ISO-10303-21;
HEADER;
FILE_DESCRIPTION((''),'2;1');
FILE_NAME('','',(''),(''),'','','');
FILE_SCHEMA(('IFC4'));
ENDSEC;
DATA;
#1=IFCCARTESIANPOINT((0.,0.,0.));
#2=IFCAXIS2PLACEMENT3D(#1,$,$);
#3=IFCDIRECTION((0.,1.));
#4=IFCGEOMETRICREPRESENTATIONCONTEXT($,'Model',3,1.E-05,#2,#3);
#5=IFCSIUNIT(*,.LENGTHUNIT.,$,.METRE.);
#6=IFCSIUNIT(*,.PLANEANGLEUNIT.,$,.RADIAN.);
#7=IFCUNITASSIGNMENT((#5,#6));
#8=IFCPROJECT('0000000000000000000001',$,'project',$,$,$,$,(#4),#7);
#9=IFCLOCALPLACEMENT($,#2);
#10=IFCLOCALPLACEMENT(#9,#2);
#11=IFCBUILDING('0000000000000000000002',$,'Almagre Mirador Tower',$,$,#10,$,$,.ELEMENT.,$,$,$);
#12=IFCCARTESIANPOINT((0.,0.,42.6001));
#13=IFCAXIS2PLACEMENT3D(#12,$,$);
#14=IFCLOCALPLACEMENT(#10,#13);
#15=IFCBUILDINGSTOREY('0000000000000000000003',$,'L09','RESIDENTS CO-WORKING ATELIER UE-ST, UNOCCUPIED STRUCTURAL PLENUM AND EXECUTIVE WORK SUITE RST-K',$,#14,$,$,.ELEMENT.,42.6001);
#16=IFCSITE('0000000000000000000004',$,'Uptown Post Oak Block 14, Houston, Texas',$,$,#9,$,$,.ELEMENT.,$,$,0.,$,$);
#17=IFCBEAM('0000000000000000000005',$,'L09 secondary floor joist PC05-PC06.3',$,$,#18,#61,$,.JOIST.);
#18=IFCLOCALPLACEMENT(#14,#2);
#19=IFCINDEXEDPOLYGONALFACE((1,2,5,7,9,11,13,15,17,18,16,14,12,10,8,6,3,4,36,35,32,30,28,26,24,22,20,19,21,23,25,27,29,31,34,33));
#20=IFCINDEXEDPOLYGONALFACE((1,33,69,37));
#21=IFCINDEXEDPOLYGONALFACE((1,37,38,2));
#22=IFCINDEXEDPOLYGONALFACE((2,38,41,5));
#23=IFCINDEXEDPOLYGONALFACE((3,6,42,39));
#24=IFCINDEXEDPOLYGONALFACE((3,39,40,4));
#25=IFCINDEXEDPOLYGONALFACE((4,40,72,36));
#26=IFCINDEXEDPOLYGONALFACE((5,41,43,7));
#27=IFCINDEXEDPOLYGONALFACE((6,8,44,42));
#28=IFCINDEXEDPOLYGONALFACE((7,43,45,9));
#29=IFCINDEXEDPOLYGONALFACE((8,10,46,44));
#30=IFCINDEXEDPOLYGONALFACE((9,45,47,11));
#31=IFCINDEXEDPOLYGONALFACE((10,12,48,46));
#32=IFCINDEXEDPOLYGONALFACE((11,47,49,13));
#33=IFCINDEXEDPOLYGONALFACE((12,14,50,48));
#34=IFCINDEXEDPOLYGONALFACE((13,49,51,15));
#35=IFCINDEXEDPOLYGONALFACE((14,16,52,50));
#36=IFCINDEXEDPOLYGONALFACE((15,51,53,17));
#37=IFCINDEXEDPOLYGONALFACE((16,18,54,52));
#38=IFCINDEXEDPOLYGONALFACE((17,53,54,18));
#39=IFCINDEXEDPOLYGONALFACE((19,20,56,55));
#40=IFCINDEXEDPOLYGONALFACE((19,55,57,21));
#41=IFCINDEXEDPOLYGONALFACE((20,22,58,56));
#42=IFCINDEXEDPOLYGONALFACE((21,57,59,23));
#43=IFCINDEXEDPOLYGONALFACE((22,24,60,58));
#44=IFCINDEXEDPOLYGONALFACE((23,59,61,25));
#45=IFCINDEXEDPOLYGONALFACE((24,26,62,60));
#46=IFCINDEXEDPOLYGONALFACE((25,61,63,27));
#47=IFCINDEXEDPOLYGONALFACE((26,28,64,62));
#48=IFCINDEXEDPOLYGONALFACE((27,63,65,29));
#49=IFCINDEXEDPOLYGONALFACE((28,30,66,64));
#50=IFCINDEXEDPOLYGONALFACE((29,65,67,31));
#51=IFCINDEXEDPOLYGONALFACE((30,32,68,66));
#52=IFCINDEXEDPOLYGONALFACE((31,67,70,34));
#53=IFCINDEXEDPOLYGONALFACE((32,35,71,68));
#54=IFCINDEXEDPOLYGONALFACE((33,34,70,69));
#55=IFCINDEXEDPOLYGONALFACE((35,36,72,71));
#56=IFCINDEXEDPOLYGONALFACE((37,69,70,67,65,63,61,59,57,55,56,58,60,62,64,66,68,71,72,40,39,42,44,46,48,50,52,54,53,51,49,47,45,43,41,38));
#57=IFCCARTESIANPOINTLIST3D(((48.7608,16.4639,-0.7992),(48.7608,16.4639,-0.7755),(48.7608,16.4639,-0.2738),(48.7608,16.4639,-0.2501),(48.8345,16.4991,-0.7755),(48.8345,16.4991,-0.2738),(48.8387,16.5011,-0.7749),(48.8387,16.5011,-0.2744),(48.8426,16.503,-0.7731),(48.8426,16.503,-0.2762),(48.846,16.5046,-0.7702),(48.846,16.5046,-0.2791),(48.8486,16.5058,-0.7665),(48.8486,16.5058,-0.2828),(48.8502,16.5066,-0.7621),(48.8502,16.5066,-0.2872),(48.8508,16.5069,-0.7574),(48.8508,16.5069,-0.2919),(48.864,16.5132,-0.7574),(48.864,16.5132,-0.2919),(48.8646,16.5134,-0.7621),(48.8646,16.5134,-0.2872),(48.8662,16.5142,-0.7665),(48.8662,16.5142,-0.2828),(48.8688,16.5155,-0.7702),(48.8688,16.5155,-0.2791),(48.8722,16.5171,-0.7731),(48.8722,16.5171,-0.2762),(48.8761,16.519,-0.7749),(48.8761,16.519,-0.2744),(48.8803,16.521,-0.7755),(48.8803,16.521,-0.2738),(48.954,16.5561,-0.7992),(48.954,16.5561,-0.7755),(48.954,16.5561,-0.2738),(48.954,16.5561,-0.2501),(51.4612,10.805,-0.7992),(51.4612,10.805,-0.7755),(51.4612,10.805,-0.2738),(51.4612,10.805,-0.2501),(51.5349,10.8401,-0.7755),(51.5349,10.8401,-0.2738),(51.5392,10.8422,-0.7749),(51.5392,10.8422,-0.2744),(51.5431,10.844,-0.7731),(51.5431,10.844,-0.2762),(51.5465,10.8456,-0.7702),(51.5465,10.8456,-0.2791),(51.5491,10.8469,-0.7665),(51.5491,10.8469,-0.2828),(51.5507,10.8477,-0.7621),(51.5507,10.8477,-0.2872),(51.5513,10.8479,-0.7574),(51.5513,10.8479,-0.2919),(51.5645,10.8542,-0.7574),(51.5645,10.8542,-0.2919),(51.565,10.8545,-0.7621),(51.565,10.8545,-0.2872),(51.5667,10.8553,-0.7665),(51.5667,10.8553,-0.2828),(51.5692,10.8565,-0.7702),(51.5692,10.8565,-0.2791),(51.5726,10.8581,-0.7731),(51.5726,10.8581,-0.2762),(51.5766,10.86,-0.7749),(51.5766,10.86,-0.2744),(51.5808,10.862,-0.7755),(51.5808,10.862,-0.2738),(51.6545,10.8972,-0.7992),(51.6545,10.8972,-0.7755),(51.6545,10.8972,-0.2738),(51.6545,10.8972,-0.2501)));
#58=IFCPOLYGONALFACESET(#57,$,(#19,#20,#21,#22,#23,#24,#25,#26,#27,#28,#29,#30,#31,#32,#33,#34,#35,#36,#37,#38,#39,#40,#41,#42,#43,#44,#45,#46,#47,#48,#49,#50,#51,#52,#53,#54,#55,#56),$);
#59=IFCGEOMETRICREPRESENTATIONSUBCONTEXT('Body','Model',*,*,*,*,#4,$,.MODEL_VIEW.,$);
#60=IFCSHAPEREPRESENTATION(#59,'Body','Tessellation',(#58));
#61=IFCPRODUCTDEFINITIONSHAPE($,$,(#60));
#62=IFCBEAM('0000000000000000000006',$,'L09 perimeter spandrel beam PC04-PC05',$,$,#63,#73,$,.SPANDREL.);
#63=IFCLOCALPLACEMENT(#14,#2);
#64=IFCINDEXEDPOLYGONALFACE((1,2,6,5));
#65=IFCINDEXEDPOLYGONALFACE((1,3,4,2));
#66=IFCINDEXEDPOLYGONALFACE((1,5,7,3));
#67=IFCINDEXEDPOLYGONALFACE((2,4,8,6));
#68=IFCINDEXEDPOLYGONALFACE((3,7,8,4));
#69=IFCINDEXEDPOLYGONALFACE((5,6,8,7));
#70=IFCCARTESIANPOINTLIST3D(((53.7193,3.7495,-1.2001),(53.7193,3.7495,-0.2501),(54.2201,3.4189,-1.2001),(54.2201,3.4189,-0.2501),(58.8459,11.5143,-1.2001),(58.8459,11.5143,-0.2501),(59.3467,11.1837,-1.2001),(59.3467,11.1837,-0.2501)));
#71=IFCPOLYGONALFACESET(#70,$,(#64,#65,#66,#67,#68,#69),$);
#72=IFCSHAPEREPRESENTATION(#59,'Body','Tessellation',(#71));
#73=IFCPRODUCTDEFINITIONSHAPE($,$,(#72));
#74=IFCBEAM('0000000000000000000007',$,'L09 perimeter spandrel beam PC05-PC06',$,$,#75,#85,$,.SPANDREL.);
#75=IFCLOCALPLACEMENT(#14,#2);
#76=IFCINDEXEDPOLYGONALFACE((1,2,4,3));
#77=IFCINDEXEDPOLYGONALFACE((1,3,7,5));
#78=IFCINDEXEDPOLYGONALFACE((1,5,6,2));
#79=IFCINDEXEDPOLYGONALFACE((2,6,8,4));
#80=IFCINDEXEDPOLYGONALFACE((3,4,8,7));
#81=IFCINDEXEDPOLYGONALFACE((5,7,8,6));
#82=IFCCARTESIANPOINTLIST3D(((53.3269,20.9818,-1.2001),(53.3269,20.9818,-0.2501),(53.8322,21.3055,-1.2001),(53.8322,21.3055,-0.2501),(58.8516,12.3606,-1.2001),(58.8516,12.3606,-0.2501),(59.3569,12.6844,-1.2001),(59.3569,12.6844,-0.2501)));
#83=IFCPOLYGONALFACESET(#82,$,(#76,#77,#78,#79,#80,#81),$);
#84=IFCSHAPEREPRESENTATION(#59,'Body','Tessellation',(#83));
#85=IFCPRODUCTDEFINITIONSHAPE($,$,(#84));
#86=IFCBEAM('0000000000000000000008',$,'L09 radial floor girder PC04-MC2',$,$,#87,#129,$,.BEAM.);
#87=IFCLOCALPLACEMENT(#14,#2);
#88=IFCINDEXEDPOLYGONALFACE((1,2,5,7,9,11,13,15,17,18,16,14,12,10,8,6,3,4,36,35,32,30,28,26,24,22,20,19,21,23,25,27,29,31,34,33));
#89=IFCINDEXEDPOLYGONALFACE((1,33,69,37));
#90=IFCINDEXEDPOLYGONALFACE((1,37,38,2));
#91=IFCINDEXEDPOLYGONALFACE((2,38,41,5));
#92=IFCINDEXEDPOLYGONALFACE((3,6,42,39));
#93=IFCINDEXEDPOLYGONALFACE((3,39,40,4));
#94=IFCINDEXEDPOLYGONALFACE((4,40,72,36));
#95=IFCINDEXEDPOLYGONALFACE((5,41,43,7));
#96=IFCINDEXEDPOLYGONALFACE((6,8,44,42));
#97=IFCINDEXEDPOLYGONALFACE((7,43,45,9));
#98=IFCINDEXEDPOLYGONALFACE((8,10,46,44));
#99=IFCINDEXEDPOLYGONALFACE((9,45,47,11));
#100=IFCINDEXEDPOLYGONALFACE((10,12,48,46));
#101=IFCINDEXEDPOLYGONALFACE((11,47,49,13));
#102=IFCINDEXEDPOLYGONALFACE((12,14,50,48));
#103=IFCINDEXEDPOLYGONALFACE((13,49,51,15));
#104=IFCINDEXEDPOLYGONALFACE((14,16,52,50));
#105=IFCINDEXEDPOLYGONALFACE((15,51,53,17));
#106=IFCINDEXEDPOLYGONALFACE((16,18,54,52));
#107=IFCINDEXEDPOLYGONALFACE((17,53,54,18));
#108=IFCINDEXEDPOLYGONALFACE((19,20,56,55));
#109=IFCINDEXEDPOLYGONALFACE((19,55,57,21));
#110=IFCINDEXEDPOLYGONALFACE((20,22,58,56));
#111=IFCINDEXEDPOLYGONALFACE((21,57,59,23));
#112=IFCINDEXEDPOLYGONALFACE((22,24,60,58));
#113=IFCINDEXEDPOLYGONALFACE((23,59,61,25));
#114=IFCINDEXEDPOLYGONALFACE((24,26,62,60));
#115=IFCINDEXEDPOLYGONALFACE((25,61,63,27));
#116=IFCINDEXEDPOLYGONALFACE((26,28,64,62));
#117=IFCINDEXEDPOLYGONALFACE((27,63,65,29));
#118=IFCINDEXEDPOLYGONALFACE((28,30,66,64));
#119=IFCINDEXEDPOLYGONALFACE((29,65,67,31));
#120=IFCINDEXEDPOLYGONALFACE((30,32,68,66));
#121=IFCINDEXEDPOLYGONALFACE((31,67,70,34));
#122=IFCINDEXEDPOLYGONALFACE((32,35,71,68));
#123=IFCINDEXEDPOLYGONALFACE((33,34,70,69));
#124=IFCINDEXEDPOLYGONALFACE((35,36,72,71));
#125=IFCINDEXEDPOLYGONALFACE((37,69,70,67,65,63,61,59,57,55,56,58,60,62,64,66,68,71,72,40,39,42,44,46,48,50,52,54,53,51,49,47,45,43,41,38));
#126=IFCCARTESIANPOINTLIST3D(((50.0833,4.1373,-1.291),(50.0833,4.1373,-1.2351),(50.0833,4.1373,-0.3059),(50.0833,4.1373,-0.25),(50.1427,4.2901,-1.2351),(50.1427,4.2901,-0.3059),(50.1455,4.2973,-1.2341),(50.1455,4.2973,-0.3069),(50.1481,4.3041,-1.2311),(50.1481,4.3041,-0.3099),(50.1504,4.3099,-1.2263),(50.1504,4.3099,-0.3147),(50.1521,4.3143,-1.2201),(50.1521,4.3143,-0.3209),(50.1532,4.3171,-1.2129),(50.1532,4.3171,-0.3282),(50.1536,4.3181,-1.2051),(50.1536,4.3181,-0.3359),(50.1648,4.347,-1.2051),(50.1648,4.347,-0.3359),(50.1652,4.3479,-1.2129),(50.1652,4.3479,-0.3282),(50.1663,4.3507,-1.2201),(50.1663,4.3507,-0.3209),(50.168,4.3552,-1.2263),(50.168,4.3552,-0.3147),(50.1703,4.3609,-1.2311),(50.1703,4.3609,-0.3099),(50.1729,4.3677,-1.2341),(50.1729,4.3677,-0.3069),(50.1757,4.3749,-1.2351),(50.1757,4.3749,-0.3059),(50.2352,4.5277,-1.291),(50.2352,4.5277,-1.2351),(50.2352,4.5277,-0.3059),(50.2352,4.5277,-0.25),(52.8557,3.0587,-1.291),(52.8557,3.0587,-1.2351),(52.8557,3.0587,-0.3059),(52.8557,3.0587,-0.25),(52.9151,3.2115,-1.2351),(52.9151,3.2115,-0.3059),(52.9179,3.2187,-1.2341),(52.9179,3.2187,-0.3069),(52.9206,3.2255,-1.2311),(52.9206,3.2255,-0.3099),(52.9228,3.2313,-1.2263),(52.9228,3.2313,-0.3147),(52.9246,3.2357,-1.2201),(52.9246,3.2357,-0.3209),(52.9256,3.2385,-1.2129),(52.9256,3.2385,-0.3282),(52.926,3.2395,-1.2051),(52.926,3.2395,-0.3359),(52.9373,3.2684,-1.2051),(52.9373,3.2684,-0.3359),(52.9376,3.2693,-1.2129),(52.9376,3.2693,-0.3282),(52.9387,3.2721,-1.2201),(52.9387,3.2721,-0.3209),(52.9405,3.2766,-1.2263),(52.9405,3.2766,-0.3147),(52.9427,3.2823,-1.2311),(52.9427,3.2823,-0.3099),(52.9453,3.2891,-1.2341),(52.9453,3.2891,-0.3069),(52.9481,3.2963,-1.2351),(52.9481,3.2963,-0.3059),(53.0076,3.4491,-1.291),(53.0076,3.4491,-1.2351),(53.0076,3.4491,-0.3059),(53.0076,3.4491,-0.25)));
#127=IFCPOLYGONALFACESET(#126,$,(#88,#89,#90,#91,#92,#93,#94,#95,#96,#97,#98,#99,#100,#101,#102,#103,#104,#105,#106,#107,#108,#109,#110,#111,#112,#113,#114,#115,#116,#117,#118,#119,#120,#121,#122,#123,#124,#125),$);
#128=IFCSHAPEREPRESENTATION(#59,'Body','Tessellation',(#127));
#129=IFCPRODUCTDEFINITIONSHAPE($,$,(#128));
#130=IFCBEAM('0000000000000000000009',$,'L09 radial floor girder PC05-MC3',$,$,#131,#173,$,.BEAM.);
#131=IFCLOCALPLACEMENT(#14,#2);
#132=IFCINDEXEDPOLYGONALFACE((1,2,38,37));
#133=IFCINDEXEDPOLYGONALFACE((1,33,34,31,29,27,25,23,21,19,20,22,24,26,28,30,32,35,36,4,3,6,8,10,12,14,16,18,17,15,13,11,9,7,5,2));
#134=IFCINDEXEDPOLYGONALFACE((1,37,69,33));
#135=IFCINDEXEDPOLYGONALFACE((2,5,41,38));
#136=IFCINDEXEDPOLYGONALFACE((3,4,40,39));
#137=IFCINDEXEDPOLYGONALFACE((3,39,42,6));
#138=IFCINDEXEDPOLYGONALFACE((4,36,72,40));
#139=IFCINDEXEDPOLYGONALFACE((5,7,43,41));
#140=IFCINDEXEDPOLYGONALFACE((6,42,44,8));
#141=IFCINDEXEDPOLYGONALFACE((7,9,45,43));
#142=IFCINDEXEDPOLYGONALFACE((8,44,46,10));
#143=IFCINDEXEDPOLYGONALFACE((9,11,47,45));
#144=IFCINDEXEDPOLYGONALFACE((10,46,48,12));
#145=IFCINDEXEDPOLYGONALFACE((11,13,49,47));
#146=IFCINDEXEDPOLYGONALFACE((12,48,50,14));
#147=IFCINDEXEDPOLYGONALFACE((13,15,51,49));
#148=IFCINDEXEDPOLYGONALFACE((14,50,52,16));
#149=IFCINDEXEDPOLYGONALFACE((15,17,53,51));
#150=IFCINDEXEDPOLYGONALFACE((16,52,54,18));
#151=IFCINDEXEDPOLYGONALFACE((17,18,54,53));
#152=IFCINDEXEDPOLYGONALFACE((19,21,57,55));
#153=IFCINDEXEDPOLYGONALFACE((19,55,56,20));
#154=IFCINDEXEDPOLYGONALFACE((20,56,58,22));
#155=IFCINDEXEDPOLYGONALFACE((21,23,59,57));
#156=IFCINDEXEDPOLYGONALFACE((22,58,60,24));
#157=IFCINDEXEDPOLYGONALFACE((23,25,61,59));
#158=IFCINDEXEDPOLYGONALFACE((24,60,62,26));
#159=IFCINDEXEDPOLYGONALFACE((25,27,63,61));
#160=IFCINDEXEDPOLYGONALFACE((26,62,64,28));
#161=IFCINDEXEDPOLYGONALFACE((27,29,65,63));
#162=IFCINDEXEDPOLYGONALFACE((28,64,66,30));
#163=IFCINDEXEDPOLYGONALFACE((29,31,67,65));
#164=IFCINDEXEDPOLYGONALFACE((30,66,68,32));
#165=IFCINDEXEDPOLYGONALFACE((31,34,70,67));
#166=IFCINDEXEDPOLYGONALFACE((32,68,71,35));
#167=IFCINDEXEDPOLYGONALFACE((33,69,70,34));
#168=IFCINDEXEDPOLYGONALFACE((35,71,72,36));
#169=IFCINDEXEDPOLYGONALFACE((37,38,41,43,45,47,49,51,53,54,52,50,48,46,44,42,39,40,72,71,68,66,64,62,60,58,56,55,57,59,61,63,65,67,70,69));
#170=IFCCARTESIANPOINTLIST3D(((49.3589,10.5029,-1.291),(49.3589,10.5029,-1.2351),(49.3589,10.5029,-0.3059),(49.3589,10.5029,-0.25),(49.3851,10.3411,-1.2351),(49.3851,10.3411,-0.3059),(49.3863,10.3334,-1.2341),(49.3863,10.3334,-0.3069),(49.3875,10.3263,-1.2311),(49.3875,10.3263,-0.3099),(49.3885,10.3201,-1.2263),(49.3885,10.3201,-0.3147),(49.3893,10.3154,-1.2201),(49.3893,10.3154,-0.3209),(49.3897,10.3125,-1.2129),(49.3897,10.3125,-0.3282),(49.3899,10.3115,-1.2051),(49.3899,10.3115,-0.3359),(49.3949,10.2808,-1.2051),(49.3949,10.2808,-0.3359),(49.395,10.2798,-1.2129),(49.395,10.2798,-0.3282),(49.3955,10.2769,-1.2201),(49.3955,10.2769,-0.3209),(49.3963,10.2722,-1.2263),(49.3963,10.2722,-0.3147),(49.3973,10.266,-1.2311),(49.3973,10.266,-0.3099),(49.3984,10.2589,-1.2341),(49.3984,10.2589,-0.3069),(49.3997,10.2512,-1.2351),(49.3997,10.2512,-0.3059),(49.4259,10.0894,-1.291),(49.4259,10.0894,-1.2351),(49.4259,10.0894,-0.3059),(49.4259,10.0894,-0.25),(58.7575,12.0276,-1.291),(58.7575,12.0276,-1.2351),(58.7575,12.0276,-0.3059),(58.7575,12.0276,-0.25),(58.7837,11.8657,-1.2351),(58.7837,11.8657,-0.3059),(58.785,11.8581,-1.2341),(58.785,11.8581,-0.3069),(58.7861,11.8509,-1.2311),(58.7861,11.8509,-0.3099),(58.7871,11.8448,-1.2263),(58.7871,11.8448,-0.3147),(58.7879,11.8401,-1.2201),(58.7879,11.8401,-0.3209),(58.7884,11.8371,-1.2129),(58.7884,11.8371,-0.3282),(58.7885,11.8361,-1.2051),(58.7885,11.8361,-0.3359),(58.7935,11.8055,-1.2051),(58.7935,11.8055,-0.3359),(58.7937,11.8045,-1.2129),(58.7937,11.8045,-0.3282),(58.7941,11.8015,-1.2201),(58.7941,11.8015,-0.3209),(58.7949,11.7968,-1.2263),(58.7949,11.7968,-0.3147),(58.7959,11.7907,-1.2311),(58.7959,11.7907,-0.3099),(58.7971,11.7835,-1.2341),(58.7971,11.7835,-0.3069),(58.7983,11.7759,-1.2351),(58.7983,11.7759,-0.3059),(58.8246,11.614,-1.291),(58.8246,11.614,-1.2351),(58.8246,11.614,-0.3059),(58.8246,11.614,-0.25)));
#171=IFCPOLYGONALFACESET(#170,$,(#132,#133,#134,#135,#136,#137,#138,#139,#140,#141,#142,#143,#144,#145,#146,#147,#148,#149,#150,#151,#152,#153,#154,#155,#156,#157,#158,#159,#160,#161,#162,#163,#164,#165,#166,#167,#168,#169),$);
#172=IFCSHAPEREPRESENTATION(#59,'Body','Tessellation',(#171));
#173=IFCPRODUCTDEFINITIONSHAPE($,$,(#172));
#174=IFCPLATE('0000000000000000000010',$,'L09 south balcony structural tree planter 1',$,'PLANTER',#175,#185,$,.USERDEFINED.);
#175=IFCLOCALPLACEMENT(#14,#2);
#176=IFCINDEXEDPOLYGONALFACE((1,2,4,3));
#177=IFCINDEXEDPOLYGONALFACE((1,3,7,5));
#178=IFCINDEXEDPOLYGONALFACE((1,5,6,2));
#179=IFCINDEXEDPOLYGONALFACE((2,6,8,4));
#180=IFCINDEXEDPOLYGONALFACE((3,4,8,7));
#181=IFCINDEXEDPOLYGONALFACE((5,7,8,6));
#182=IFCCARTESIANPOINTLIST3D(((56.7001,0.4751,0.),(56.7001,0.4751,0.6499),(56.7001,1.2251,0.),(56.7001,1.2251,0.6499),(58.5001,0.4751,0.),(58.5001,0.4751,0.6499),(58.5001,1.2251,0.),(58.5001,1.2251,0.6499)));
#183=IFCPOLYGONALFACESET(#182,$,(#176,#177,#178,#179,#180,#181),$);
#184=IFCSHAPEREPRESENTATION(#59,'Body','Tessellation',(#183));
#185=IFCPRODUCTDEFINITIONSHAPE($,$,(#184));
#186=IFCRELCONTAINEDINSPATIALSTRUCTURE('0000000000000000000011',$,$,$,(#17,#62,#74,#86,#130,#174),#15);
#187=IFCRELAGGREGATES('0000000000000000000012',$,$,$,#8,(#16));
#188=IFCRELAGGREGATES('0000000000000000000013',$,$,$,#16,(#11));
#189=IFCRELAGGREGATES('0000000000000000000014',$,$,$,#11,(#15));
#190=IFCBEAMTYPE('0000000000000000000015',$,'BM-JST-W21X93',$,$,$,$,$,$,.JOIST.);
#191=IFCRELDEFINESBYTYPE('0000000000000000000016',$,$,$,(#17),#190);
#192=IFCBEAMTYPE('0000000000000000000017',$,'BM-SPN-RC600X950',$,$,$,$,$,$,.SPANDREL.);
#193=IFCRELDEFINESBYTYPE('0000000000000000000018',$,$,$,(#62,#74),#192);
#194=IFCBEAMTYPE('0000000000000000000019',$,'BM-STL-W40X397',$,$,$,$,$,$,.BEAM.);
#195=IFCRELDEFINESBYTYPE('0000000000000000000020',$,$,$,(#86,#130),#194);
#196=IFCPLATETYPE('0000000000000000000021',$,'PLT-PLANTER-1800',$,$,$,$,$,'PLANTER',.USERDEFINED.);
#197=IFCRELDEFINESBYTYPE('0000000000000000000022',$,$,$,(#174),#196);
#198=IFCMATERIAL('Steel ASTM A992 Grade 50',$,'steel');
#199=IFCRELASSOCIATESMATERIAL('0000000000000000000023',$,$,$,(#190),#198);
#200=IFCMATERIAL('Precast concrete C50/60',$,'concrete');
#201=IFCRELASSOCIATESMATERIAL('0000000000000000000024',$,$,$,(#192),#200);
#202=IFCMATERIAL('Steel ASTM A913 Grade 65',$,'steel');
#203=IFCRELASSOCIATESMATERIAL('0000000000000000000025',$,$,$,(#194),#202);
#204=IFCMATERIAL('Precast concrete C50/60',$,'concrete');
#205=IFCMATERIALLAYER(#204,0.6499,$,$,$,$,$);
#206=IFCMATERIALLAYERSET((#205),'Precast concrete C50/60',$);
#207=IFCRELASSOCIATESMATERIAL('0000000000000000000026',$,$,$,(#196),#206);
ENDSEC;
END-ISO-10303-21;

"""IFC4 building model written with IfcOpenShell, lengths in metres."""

from ifc_helpers import new_model, si_unit, direction, frame, origin, origin_2d, place, context, subcontext, project, spatial, rectangle, i_section, extrude, material, layer, layer_set, material_profile, profile_set, type_object, element, save


model = new_model("IFC4")

# Units and contexts
model_context = context("Model", 3, precision=1e-05, world=origin(), true_north=direction((0.0, 1.0)))
body_context = subcontext(model_context, "Body", "Model", "MODEL_VIEW")
ifc_project = project(units=[si_unit("LENGTHUNIT", "METRE"), si_unit("PLANEANGLEUNIT", "RADIAN")], contexts=[model_context])

# Site, building, storey
site_placement = place(None, origin())
site = spatial("IfcSite", under=ifc_project, at=site_placement, Name="Uptown Post Oak Block 14, Houston, Texas", CompositionType="ELEMENT", RefElevation=0.0)
building_placement = place(site_placement, origin())
building = spatial("IfcBuilding", under=site, at=building_placement, Name="Almagre Mirador Tower", CompositionType="ELEMENT")
storey_placement = place(building_placement, frame((0.0, 0.0, 42.6001)))
storey = spatial("IfcBuildingStorey", under=building, at=storey_placement, Name="L09", Description="RESIDENTS CO-WORKING ATELIER UE-ST, UNOCCUPIED STRUCTURAL PLENUM AND EXECUTIVE WORK SUITE RST-K", CompositionType="ELEMENT", Elevation=42.6001)

# Beams
ifc_material_1 = material(Name="Steel ASTM A992 Grade 50", Category="steel")
ifc_material_profile_1 = material_profile(ifc_material_1, i_section(OverallWidth=0.2141, OverallDepth=0.5491, WebThickness=0.0146, FlangeThickness=0.0237, FilletRadius=0.0181, at=origin_2d()), Name="W21X93")
ifc_profile_set_1 = profile_set([ifc_material_profile_1], Name="Steel ASTM A992 Grade 50")
beam_type_1 = type_object("IfcBeamType", Name="BM-JST-W21X93", PredefinedType="JOIST", material=ifc_profile_set_1)
beam_1_placement = place(storey_placement, frame((51.5579, 10.8511, -0.5247), z_axis=(-0.430676, 0.902507, 0.0), x_axis=(-0.902507, -0.430676, 0.0)))
element("IfcBeam", 1, at=beam_1_placement, inside=storey, type_object=beam_type_1, Name="L09 secondary floor joist PC05-PC06.3", PredefinedType="JOIST", context=body_context, shape_type="SweptSolid", body=[
    extrude(i_section(OverallWidth=0.2141, OverallDepth=0.5491, WebThickness=0.0146, FlangeThickness=0.0237, FilletRadius=0.0181, at=origin_2d()), origin(), (0.0, 0.0, 1.0), 6.2703),
])
ifc_material_2 = material(Name="Precast concrete C50/60", Category="concrete")
ifc_material_profile_2 = material_profile(ifc_material_2, rectangle(XDim=0.6001, YDim=0.95, at=origin_2d()), Name="RC600X950")
ifc_profile_set_2 = profile_set([ifc_material_profile_2], Name="Precast concrete C50/60")
beam_type_2 = type_object("IfcBeamType", Name="BM-SPN-RC600X950", PredefinedType="SPANDREL", material=ifc_profile_set_2)
beam_2_placement = place(storey_placement, frame((53.9697, 3.5842, -0.7251), z_axis=(0.550977, 0.834521, 0.0), x_axis=(-0.834521, 0.550977, 0.0)))
element("IfcBeam", 2, at=beam_2_placement, inside=storey, type_object=beam_type_2, Name="L09 perimeter spandrel beam PC04-PC05", PredefinedType="SPANDREL", context=body_context, shape_type="SweptSolid", body=[
    extrude(rectangle(XDim=0.6001, YDim=0.95, at=origin_2d()), origin(), (0.0, 0.0, 1.0), 9.3044),
])
beam_3_placement = place(storey_placement, frame((59.1042, 12.5225, -0.7251), z_axis=(-0.53955, 0.841954, 0.0), x_axis=(-0.841954, -0.53955, 0.0)))
element("IfcBeam", 3, at=beam_3_placement, inside=storey, type_object=beam_type_2, Name="L09 perimeter spandrel beam PC05-PC06", PredefinedType="SPANDREL", context=body_context, shape_type="SweptSolid", body=[
    extrude(rectangle(XDim=0.6001, YDim=0.95, at=origin_2d()), origin(), (0.0, 0.0, 1.0), 10.2395),
])
ifc_material_3 = material(Name="Steel ASTM A913 Grade 65", Category="steel")
ifc_material_profile_3 = material_profile(ifc_material_3, i_section(OverallWidth=0.4189, OverallDepth=1.041, WebThickness=0.031, FlangeThickness=0.0559, FilletRadius=0.03, at=origin_2d()), Name="W40X397")
ifc_profile_set_3 = profile_set([ifc_material_profile_3], Name="Steel ASTM A913 Grade 65")
beam_type_3 = type_object("IfcBeamType", Name="BM-STL-W40X397", PredefinedType="BEAM", material=ifc_profile_set_3)
beam_4_placement = place(storey_placement, frame((52.9316, 3.2539, -0.7705), z_axis=(-0.931955, 0.362573, 0.0), x_axis=(-0.362573, -0.931955, 0.0)))
element("IfcBeam", 4, at=beam_4_placement, inside=storey, type_object=beam_type_3, Name="L09 radial floor girder PC04-MC2", PredefinedType="BEAM", context=body_context, shape_type="SweptSolid", body=[
    extrude(i_section(OverallWidth=0.4189, OverallDepth=1.041, WebThickness=0.031, FlangeThickness=0.0559, FilletRadius=0.03, at=origin_2d()), origin(), (0.0, 0.0, 1.0), 2.9749),
])
beam_5_placement = place(storey_placement, frame((58.791, 11.8208, -0.7705), z_axis=(-0.987096, -0.160127, 0.0), x_axis=(0.160127, -0.987096, 0.0)))
element("IfcBeam", 5, at=beam_5_placement, inside=storey, type_object=beam_type_3, Name="L09 radial floor girder PC05-MC3", PredefinedType="BEAM", context=body_context, shape_type="SweptSolid", body=[
    extrude(i_section(OverallWidth=0.4189, OverallDepth=1.041, WebThickness=0.031, FlangeThickness=0.0559, FilletRadius=0.03, at=origin_2d()), origin(), (0.0, 0.0, 1.0), 9.5215),
])

# Plate
ifc_material_4 = material(Name="Precast concrete C50/60", Category="concrete")
ifc_layer_1 = layer(ifc_material_4, 0.6499)
ifc_layer_set_1 = layer_set([ifc_layer_1], Name="Precast concrete C50/60")
plate_type = type_object("IfcPlateType", Name="PLT-PLANTER-1800", ElementType="PLANTER", PredefinedType="USERDEFINED", material=ifc_layer_set_1)
plate_placement = place(storey_placement, frame((57.6001, 0.8501, 0.0), z_axis=(0.0, 0.0, 1.0), x_axis=(1.0, 0.0, 0.0)))
element("IfcPlate", 6, at=plate_placement, inside=storey, type_object=plate_type, Name="L09 south balcony structural tree planter 1", ObjectType="PLANTER", PredefinedType="USERDEFINED", context=body_context, shape_type="SweptSolid", body=[
    extrude(rectangle(XDim=1.8, YDim=0.75, at=origin_2d()), origin(), (0.0, 0.0, 1.0), 0.6499),
])

save(model, "model.ifc")
